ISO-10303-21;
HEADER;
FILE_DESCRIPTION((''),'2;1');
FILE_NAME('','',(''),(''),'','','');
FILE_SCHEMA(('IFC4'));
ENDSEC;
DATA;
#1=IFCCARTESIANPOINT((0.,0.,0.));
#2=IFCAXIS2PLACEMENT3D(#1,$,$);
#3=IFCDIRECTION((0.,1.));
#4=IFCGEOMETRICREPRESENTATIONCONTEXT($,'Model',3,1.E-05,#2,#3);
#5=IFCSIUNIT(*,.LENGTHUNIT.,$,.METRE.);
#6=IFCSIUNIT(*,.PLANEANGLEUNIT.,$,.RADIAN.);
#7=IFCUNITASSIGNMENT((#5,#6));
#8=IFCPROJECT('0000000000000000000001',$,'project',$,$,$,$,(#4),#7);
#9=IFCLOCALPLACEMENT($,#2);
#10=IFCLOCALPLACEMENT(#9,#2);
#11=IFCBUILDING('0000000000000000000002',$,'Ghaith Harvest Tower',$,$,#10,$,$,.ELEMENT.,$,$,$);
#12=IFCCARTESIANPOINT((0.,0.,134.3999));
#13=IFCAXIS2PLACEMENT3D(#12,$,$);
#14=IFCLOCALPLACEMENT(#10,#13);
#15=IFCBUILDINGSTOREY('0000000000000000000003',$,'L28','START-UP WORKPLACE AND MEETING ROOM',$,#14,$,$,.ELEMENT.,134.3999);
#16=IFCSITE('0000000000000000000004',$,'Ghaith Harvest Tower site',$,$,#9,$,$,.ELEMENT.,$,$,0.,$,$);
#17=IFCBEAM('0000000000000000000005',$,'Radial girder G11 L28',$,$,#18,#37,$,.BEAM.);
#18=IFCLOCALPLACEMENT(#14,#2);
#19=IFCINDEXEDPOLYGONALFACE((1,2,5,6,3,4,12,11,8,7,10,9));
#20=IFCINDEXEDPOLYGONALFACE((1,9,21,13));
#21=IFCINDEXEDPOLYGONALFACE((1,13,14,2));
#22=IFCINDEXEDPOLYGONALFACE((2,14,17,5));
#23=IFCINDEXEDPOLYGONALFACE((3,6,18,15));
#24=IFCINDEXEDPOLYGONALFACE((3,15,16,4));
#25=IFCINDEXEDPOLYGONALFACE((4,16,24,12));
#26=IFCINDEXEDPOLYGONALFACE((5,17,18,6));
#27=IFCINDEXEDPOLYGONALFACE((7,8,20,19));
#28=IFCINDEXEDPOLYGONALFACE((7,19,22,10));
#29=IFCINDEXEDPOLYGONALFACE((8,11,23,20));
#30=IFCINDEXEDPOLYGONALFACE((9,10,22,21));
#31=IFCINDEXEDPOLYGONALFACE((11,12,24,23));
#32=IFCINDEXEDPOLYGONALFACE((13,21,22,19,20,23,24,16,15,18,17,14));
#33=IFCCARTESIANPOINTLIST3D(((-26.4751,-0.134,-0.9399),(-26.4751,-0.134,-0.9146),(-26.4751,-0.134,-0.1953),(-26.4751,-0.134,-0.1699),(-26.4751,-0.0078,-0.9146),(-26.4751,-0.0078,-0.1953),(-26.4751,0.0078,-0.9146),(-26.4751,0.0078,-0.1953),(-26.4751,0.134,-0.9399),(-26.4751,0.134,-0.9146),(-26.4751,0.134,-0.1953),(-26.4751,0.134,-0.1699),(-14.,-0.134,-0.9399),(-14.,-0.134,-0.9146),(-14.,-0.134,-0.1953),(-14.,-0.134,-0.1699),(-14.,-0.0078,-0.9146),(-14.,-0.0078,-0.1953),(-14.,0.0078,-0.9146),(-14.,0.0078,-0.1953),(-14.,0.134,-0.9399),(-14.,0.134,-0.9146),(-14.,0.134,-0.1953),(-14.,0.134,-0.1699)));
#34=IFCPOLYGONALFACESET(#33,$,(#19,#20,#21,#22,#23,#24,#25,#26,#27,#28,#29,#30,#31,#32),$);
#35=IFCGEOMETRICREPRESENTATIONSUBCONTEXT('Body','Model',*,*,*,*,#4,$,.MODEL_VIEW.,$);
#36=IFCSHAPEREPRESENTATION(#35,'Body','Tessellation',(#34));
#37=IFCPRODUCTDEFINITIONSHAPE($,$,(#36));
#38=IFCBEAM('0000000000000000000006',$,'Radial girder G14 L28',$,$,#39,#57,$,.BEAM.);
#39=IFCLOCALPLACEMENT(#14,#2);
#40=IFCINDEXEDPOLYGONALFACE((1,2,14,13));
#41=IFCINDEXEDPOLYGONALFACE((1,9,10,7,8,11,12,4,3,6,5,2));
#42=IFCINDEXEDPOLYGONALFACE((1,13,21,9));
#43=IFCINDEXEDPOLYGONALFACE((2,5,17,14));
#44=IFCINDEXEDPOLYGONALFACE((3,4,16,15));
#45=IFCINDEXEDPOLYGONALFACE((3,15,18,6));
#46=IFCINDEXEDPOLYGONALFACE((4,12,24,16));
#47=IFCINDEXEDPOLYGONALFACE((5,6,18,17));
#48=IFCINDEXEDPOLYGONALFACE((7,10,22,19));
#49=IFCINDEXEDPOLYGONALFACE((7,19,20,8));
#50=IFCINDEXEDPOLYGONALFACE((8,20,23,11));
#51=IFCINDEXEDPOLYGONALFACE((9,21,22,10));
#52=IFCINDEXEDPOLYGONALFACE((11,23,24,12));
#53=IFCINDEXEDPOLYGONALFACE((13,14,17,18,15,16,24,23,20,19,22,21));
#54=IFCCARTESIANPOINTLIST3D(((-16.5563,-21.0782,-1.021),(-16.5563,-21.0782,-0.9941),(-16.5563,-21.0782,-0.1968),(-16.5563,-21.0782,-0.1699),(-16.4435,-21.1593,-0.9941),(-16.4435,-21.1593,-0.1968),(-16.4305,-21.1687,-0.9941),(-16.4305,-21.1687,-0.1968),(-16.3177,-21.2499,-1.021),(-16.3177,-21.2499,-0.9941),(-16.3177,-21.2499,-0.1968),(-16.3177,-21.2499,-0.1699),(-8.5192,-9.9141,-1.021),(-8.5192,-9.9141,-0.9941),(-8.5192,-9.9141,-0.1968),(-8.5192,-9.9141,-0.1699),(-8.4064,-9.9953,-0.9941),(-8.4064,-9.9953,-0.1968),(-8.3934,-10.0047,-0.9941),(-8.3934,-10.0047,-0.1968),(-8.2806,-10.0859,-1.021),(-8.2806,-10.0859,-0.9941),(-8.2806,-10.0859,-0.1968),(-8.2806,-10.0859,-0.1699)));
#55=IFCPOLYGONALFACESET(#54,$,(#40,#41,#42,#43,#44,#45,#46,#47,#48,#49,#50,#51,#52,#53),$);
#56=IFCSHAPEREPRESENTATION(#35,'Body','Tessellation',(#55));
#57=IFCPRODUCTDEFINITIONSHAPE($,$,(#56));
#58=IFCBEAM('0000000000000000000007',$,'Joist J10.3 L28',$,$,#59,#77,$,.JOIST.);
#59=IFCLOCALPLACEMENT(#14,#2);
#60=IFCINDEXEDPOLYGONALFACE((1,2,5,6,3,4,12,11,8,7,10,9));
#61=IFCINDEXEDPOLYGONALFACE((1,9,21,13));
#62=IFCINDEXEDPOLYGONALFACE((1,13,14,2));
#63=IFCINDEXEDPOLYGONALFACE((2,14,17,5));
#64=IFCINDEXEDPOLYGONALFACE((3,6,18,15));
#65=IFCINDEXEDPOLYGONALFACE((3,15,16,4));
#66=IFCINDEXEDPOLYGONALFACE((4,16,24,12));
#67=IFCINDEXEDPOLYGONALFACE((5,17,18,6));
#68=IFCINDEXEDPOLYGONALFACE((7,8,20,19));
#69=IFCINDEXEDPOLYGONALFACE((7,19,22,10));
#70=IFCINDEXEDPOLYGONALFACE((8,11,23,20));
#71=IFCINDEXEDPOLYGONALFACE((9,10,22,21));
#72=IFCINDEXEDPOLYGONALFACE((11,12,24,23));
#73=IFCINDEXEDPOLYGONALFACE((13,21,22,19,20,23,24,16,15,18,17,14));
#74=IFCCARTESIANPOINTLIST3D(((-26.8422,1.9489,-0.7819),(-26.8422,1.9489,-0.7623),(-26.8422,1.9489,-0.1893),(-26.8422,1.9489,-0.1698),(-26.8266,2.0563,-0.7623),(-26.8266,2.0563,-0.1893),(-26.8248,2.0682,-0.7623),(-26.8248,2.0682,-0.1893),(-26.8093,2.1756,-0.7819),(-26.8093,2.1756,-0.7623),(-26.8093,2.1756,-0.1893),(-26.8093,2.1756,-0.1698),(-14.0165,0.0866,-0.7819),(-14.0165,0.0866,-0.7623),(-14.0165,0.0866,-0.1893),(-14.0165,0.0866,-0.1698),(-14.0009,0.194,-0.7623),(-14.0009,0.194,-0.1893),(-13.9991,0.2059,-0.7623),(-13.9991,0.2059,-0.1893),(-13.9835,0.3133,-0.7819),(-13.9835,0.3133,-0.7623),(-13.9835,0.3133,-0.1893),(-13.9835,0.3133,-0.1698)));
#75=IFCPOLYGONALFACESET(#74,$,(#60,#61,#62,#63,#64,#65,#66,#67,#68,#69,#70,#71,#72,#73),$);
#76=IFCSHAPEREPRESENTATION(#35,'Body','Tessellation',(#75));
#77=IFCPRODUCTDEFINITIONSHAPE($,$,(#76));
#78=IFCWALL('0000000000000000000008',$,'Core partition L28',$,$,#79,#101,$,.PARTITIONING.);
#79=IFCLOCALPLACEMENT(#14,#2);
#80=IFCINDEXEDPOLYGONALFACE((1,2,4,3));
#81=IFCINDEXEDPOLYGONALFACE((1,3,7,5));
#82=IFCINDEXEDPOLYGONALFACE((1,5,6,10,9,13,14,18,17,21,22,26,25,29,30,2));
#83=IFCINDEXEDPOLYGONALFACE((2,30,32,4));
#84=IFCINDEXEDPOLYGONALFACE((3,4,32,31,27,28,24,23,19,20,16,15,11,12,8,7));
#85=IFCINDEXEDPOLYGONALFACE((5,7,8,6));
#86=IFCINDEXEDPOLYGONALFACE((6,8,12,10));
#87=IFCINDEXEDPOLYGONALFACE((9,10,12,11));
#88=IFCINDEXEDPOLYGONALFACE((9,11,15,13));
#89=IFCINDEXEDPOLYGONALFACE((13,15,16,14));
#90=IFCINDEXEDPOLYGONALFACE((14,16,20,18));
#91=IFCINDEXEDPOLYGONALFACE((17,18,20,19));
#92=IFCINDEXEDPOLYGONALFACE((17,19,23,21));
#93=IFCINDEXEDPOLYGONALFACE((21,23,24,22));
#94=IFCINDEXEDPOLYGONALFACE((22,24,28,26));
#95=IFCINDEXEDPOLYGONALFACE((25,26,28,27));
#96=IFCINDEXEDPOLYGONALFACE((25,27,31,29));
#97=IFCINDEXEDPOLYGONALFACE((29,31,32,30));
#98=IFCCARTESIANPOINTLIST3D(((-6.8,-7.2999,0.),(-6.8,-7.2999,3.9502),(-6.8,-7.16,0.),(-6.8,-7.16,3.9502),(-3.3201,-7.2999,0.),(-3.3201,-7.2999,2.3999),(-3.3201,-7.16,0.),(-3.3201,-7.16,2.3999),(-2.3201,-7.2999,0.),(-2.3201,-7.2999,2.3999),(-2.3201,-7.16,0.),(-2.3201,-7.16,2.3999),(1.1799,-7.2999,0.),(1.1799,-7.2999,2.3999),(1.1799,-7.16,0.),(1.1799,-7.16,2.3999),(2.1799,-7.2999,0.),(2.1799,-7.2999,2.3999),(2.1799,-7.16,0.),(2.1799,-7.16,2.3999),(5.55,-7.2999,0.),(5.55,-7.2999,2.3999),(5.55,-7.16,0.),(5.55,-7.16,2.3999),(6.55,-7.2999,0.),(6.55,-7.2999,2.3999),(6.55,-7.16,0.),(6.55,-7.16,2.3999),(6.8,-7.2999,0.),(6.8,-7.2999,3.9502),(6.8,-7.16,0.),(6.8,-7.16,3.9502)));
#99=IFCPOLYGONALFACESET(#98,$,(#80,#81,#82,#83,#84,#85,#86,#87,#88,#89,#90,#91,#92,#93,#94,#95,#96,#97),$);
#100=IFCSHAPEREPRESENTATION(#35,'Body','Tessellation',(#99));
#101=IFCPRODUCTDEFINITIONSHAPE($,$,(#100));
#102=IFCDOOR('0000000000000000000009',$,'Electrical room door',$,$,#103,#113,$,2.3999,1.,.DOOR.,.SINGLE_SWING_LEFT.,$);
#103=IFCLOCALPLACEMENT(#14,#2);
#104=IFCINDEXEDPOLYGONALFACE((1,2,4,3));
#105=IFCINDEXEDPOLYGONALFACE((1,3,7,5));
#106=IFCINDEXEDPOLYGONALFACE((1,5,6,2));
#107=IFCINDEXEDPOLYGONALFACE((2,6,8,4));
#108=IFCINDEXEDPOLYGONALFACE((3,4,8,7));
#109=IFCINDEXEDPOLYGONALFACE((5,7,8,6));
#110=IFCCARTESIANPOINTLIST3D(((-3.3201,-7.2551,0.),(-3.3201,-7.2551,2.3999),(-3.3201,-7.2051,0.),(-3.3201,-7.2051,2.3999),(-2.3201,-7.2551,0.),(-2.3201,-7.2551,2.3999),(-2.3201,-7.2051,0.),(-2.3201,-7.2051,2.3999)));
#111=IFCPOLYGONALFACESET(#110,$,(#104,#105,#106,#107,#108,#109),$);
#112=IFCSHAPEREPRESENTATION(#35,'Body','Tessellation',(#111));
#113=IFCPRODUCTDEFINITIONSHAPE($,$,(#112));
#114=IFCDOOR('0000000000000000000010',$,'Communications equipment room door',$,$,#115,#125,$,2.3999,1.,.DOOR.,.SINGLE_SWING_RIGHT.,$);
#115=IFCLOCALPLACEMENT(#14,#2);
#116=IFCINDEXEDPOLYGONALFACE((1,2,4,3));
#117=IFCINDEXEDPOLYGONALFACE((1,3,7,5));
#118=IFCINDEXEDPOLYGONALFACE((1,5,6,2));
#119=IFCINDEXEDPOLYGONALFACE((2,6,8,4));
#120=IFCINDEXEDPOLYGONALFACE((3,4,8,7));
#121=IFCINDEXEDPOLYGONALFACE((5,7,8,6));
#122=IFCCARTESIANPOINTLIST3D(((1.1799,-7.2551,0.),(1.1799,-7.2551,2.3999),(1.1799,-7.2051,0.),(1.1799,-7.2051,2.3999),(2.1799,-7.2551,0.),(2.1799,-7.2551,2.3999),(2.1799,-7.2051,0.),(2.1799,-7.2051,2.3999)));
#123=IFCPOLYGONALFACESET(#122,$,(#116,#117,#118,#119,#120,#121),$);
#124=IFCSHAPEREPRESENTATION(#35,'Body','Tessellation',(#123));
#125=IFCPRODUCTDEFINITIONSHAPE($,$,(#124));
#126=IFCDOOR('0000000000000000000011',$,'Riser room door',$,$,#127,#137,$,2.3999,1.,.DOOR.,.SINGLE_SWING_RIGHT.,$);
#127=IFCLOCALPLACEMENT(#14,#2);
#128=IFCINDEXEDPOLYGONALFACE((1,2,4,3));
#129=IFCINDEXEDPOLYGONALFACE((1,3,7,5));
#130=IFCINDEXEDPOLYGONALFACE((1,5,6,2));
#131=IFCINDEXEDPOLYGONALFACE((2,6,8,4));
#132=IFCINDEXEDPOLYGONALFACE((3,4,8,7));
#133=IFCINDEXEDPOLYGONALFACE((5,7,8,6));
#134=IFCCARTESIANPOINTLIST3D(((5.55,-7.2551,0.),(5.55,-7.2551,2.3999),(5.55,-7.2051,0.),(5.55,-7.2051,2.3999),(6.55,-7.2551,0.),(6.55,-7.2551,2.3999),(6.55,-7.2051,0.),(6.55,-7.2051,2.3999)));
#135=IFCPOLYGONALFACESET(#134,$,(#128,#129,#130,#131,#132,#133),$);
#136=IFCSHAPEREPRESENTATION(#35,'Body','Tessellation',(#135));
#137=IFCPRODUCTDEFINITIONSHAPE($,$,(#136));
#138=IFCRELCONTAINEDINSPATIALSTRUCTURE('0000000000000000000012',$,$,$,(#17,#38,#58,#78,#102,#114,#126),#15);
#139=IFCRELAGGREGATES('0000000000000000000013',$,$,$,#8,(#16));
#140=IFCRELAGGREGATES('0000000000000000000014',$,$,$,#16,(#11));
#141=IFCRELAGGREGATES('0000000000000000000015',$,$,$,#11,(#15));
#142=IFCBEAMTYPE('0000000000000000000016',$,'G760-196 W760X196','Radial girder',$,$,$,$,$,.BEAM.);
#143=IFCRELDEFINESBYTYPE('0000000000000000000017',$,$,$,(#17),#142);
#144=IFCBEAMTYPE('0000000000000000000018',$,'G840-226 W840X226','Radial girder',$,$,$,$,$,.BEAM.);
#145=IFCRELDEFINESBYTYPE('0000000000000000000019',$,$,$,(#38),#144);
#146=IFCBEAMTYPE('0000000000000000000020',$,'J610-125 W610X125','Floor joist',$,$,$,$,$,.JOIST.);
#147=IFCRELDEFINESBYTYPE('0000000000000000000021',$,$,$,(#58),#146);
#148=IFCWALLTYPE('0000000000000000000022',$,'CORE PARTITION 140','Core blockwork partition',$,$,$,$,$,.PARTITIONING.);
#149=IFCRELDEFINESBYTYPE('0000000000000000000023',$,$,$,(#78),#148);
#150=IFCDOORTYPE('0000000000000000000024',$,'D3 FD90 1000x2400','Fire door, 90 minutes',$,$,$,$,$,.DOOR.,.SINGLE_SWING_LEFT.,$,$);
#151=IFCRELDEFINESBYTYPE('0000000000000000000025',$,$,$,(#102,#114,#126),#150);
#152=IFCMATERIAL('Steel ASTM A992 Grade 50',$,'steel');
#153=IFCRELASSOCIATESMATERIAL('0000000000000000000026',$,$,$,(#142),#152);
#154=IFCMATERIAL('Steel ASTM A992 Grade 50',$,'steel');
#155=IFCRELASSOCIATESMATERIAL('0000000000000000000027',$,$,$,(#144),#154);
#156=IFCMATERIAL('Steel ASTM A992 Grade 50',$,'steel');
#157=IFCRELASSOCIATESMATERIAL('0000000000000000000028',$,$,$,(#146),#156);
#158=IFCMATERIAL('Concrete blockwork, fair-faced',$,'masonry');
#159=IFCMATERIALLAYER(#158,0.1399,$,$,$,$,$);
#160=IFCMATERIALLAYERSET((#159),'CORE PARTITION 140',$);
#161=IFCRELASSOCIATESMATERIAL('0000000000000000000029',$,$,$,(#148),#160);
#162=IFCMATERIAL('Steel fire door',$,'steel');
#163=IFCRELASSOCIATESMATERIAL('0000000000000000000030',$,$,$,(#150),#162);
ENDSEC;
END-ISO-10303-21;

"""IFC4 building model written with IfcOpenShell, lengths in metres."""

from ifc_helpers import new_model, si_unit, direction, frame, frame_2d, origin, origin_2d, place, context, subcontext, project, spatial, rectangle, i_section, extrude, material, layer, layer_set, material_profile, profile_set, type_object, element, fill, save


model = new_model("IFC4")

# Units and contexts
model_context = context("Model", 3, precision=1e-05, world=origin(), true_north=direction((0.0, 1.0)))
body_context = subcontext(model_context, "Body", "Model", "MODEL_VIEW")
ifc_project = project(units=[si_unit("LENGTHUNIT", "METRE"), si_unit("PLANEANGLEUNIT", "RADIAN")], contexts=[model_context])

# Site, building, storey
site_placement = place(None, origin())
site = spatial("IfcSite", under=ifc_project, at=site_placement, Name="Ghaith Harvest Tower site", CompositionType="ELEMENT", RefElevation=0.0)
building_placement = place(site_placement, origin())
building = spatial("IfcBuilding", under=site, at=building_placement, Name="Ghaith Harvest Tower", CompositionType="ELEMENT")
storey_placement = place(building_placement, frame((0.0, 0.0, 134.3999)))
storey = spatial("IfcBuildingStorey", under=building, at=storey_placement, Name="L28", Description="START-UP WORKPLACE AND MEETING ROOM", CompositionType="ELEMENT", Elevation=134.3999)

# Beams
ifc_material_1 = material(Name="Steel ASTM A992 Grade 50", Category="steel")
ifc_material_profile_1 = material_profile(ifc_material_1, i_section(OverallWidth=0.2681, OverallDepth=0.77, WebThickness=0.0156, FlangeThickness=0.0254, at=origin_2d()), Name="W760X196")
ifc_profile_set_1 = profile_set([ifc_material_profile_1], Name="Steel ASTM A992 Grade 50")
beam_type_1 = type_object("IfcBeamType", Name="G760-196 W760X196", Description="Radial girder", PredefinedType="BEAM", material=ifc_profile_set_1)
beam_1_placement = place(storey_placement, frame((-14.0, 0.0, -0.5549), z_axis=(-1.0, 0.0, 0.0), x_axis=(0.0, -1.0, 0.0)))
element("IfcBeam", 1, at=beam_1_placement, inside=storey, type_object=beam_type_1, Name="Radial girder G11 L28", PredefinedType="BEAM", context=body_context, shape_type="SweptSolid", body=[
    extrude(i_section(OverallWidth=0.2681, OverallDepth=0.77, WebThickness=0.0156, FlangeThickness=0.0254, at=origin_2d()), origin(), (0.0, 0.0, 1.0), 12.4751),
])
ifc_material_2 = material(Name="Steel ASTM A992 Grade 50", Category="steel")
ifc_material_profile_2 = material_profile(ifc_material_2, i_section(OverallWidth=0.2939, OverallDepth=0.8511, WebThickness=0.0161, FlangeThickness=0.0269, at=origin_2d()), Name="W840X226")
ifc_profile_set_2 = profile_set([ifc_material_profile_2], Name="Steel ASTM A992 Grade 50")
beam_type_2 = type_object("IfcBeamType", Name="G840-226 W840X226", Description="Radial girder", PredefinedType="BEAM", material=ifc_profile_set_2)
beam_2_placement = place(storey_placement, frame((-8.3999, -10.0, -0.5955), z_axis=(-0.584256, -0.811569, 0.0), x_axis=(0.811569, -0.584256, 0.0)))
element("IfcBeam", 2, at=beam_2_placement, inside=storey, type_object=beam_type_2, Name="Radial girder G14 L28", PredefinedType="BEAM", context=body_context, shape_type="SweptSolid", body=[
    extrude(i_section(OverallWidth=0.2939, OverallDepth=0.8511, WebThickness=0.0161, FlangeThickness=0.0269, at=origin_2d()), origin(), (0.0, 0.0, 1.0), 13.7561),
])
ifc_material_3 = material(Name="Steel ASTM A992 Grade 50", Category="steel")
ifc_material_profile_3 = material_profile(ifc_material_3, i_section(OverallWidth=0.229, OverallDepth=0.6121, WebThickness=0.012, FlangeThickness=0.0195, at=origin_2d()), Name="W610X125")
ifc_profile_set_3 = profile_set([ifc_material_profile_3], Name="Steel ASTM A992 Grade 50")
beam_type_3 = type_object("IfcBeamType", Name="J610-125 W610X125", Description="Floor joist", PredefinedType="JOIST", material=ifc_profile_set_3)
beam_3_placement = place(storey_placement, frame((-14.0, 0.2, -0.4758), z_axis=(-0.989622, 0.143694, 0.0), x_axis=(-0.143694, -0.989622, 0.0)))
element("IfcBeam", 3, at=beam_3_placement, inside=storey, type_object=beam_type_3, Name="Joist J10.3 L28", PredefinedType="JOIST", context=body_context, shape_type="SweptSolid", body=[
    extrude(i_section(OverallWidth=0.229, OverallDepth=0.6121, WebThickness=0.012, FlangeThickness=0.0195, at=origin_2d()), origin(), (0.0, 0.0, 1.0), 12.9602),
])

# Wall, openings, doors
ifc_material_4 = material(Name="Concrete blockwork, fair-faced", Category="masonry")
ifc_layer_1 = layer(ifc_material_4, 0.1399)
ifc_layer_set_1 = layer_set([ifc_layer_1], Name="CORE PARTITION 140")
wall_type_1 = type_object("IfcWallType", Name="CORE PARTITION 140", Description="Core blockwork partition", PredefinedType="PARTITIONING", material=ifc_layer_set_1)
wall_1_placement = place(storey_placement, frame((-6.8, -7.23, 0.0), z_axis=(0.0, 0.0, 1.0), x_axis=(1.0, 0.0, 0.0)))
wall_1 = element("IfcWall", 4, at=wall_1_placement, inside=storey, type_object=wall_type_1, Name="Core partition L28", PredefinedType="PARTITIONING", context=body_context, shape_type="SweptSolid", body=[
    extrude(rectangle(XDim=13.6001, YDim=0.1399, at=frame_2d((6.8, 0.0))), origin(), (0.0, 0.0, 1.0), 3.9502),
])
opening_1_placement = place(wall_1_placement, frame((3.48, 0.0, 0.0)))
opening_1 = element("IfcOpeningElement", 5, at=opening_1_placement, cuts=wall_1, PredefinedType="OPENING", context=body_context, shape_type="SweptSolid", body=[
    extrude(rectangle(XDim=1.0, YDim=2.3999, at=frame_2d((0.5, 1.2))), frame((0.0, 0.0801, 0.0), z_axis=(0.0, -1.0, 0.0), x_axis=(1.0, 0.0, 0.0)), (0.0, 0.0, 1.0), 0.1599),
])
opening_2_placement = place(wall_1_placement, frame((7.98, 0.0, 0.0)))
opening_2 = element("IfcOpeningElement", 6, at=opening_2_placement, cuts=wall_1, PredefinedType="OPENING", context=body_context, shape_type="SweptSolid", body=[
    extrude(rectangle(XDim=1.0, YDim=2.3999, at=frame_2d((0.5, 1.2))), frame((0.0, 0.0801, 0.0), z_axis=(0.0, -1.0, 0.0), x_axis=(1.0, 0.0, 0.0)), (0.0, 0.0, 1.0), 0.1599),
])
opening_3_placement = place(wall_1_placement, frame((12.3501, 0.0, 0.0)))
opening_3 = element("IfcOpeningElement", 7, at=opening_3_placement, cuts=wall_1, PredefinedType="OPENING", context=body_context, shape_type="SweptSolid", body=[
    extrude(rectangle(XDim=1.0, YDim=2.3999, at=frame_2d((0.5, 1.2))), frame((0.0, 0.0801, 0.0), z_axis=(0.0, -1.0, 0.0), x_axis=(1.0, 0.0, 0.0)), (0.0, 0.0, 1.0), 0.1599),
])
ifc_material_5 = material(Name="Steel fire door", Category="steel")
door_type_1 = type_object("IfcDoorType", Name="D3 FD90 1000x2400", Description="Fire door, 90 minutes", OperationType="SINGLE_SWING_LEFT", PredefinedType="DOOR", material=ifc_material_5)
door_1_placement = place(opening_1_placement, origin())
door_1 = element("IfcDoor", 8, at=door_1_placement, inside=storey, type_object=door_type_1, Name="Electrical room door", OperationType="SINGLE_SWING_LEFT", OverallHeight=2.3999, OverallWidth=1.0, PredefinedType="DOOR", context=body_context, shape_type="SweptSolid", body=[
    extrude(rectangle(XDim=1.0, YDim=2.3999, at=frame_2d((0.5, 1.2))), frame((0.0, 0.0249, 0.0), z_axis=(0.0, -1.0, 0.0), x_axis=(1.0, 0.0, 0.0)), (0.0, 0.0, 1.0), 0.05),
])
fill(opening_1, door_1)
door_2_placement = place(opening_2_placement, origin())
door_2 = element("IfcDoor", 9, at=door_2_placement, inside=storey, type_object=door_type_1, Name="Communications equipment room door", OperationType="SINGLE_SWING_RIGHT", OverallHeight=2.3999, OverallWidth=1.0, PredefinedType="DOOR", context=body_context, shape_type="SweptSolid", body=[
    extrude(rectangle(XDim=1.0, YDim=2.3999, at=frame_2d((0.5, 1.2))), frame((0.0, 0.0249, 0.0), z_axis=(0.0, -1.0, 0.0), x_axis=(1.0, 0.0, 0.0)), (0.0, 0.0, 1.0), 0.05),
])
fill(opening_2, door_2)
door_3_placement = place(opening_3_placement, origin())
door_3 = element("IfcDoor", 10, at=door_3_placement, inside=storey, type_object=door_type_1, Name="Riser room door", OperationType="SINGLE_SWING_RIGHT", OverallHeight=2.3999, OverallWidth=1.0, PredefinedType="DOOR", context=body_context, shape_type="SweptSolid", body=[
    extrude(rectangle(XDim=1.0, YDim=2.3999, at=frame_2d((0.5, 1.2))), frame((0.0, 0.0249, 0.0), z_axis=(0.0, -1.0, 0.0), x_axis=(1.0, 0.0, 0.0)), (0.0, 0.0, 1.0), 0.05),
])
fill(opening_3, door_3)

save(model, "model.ifc")
